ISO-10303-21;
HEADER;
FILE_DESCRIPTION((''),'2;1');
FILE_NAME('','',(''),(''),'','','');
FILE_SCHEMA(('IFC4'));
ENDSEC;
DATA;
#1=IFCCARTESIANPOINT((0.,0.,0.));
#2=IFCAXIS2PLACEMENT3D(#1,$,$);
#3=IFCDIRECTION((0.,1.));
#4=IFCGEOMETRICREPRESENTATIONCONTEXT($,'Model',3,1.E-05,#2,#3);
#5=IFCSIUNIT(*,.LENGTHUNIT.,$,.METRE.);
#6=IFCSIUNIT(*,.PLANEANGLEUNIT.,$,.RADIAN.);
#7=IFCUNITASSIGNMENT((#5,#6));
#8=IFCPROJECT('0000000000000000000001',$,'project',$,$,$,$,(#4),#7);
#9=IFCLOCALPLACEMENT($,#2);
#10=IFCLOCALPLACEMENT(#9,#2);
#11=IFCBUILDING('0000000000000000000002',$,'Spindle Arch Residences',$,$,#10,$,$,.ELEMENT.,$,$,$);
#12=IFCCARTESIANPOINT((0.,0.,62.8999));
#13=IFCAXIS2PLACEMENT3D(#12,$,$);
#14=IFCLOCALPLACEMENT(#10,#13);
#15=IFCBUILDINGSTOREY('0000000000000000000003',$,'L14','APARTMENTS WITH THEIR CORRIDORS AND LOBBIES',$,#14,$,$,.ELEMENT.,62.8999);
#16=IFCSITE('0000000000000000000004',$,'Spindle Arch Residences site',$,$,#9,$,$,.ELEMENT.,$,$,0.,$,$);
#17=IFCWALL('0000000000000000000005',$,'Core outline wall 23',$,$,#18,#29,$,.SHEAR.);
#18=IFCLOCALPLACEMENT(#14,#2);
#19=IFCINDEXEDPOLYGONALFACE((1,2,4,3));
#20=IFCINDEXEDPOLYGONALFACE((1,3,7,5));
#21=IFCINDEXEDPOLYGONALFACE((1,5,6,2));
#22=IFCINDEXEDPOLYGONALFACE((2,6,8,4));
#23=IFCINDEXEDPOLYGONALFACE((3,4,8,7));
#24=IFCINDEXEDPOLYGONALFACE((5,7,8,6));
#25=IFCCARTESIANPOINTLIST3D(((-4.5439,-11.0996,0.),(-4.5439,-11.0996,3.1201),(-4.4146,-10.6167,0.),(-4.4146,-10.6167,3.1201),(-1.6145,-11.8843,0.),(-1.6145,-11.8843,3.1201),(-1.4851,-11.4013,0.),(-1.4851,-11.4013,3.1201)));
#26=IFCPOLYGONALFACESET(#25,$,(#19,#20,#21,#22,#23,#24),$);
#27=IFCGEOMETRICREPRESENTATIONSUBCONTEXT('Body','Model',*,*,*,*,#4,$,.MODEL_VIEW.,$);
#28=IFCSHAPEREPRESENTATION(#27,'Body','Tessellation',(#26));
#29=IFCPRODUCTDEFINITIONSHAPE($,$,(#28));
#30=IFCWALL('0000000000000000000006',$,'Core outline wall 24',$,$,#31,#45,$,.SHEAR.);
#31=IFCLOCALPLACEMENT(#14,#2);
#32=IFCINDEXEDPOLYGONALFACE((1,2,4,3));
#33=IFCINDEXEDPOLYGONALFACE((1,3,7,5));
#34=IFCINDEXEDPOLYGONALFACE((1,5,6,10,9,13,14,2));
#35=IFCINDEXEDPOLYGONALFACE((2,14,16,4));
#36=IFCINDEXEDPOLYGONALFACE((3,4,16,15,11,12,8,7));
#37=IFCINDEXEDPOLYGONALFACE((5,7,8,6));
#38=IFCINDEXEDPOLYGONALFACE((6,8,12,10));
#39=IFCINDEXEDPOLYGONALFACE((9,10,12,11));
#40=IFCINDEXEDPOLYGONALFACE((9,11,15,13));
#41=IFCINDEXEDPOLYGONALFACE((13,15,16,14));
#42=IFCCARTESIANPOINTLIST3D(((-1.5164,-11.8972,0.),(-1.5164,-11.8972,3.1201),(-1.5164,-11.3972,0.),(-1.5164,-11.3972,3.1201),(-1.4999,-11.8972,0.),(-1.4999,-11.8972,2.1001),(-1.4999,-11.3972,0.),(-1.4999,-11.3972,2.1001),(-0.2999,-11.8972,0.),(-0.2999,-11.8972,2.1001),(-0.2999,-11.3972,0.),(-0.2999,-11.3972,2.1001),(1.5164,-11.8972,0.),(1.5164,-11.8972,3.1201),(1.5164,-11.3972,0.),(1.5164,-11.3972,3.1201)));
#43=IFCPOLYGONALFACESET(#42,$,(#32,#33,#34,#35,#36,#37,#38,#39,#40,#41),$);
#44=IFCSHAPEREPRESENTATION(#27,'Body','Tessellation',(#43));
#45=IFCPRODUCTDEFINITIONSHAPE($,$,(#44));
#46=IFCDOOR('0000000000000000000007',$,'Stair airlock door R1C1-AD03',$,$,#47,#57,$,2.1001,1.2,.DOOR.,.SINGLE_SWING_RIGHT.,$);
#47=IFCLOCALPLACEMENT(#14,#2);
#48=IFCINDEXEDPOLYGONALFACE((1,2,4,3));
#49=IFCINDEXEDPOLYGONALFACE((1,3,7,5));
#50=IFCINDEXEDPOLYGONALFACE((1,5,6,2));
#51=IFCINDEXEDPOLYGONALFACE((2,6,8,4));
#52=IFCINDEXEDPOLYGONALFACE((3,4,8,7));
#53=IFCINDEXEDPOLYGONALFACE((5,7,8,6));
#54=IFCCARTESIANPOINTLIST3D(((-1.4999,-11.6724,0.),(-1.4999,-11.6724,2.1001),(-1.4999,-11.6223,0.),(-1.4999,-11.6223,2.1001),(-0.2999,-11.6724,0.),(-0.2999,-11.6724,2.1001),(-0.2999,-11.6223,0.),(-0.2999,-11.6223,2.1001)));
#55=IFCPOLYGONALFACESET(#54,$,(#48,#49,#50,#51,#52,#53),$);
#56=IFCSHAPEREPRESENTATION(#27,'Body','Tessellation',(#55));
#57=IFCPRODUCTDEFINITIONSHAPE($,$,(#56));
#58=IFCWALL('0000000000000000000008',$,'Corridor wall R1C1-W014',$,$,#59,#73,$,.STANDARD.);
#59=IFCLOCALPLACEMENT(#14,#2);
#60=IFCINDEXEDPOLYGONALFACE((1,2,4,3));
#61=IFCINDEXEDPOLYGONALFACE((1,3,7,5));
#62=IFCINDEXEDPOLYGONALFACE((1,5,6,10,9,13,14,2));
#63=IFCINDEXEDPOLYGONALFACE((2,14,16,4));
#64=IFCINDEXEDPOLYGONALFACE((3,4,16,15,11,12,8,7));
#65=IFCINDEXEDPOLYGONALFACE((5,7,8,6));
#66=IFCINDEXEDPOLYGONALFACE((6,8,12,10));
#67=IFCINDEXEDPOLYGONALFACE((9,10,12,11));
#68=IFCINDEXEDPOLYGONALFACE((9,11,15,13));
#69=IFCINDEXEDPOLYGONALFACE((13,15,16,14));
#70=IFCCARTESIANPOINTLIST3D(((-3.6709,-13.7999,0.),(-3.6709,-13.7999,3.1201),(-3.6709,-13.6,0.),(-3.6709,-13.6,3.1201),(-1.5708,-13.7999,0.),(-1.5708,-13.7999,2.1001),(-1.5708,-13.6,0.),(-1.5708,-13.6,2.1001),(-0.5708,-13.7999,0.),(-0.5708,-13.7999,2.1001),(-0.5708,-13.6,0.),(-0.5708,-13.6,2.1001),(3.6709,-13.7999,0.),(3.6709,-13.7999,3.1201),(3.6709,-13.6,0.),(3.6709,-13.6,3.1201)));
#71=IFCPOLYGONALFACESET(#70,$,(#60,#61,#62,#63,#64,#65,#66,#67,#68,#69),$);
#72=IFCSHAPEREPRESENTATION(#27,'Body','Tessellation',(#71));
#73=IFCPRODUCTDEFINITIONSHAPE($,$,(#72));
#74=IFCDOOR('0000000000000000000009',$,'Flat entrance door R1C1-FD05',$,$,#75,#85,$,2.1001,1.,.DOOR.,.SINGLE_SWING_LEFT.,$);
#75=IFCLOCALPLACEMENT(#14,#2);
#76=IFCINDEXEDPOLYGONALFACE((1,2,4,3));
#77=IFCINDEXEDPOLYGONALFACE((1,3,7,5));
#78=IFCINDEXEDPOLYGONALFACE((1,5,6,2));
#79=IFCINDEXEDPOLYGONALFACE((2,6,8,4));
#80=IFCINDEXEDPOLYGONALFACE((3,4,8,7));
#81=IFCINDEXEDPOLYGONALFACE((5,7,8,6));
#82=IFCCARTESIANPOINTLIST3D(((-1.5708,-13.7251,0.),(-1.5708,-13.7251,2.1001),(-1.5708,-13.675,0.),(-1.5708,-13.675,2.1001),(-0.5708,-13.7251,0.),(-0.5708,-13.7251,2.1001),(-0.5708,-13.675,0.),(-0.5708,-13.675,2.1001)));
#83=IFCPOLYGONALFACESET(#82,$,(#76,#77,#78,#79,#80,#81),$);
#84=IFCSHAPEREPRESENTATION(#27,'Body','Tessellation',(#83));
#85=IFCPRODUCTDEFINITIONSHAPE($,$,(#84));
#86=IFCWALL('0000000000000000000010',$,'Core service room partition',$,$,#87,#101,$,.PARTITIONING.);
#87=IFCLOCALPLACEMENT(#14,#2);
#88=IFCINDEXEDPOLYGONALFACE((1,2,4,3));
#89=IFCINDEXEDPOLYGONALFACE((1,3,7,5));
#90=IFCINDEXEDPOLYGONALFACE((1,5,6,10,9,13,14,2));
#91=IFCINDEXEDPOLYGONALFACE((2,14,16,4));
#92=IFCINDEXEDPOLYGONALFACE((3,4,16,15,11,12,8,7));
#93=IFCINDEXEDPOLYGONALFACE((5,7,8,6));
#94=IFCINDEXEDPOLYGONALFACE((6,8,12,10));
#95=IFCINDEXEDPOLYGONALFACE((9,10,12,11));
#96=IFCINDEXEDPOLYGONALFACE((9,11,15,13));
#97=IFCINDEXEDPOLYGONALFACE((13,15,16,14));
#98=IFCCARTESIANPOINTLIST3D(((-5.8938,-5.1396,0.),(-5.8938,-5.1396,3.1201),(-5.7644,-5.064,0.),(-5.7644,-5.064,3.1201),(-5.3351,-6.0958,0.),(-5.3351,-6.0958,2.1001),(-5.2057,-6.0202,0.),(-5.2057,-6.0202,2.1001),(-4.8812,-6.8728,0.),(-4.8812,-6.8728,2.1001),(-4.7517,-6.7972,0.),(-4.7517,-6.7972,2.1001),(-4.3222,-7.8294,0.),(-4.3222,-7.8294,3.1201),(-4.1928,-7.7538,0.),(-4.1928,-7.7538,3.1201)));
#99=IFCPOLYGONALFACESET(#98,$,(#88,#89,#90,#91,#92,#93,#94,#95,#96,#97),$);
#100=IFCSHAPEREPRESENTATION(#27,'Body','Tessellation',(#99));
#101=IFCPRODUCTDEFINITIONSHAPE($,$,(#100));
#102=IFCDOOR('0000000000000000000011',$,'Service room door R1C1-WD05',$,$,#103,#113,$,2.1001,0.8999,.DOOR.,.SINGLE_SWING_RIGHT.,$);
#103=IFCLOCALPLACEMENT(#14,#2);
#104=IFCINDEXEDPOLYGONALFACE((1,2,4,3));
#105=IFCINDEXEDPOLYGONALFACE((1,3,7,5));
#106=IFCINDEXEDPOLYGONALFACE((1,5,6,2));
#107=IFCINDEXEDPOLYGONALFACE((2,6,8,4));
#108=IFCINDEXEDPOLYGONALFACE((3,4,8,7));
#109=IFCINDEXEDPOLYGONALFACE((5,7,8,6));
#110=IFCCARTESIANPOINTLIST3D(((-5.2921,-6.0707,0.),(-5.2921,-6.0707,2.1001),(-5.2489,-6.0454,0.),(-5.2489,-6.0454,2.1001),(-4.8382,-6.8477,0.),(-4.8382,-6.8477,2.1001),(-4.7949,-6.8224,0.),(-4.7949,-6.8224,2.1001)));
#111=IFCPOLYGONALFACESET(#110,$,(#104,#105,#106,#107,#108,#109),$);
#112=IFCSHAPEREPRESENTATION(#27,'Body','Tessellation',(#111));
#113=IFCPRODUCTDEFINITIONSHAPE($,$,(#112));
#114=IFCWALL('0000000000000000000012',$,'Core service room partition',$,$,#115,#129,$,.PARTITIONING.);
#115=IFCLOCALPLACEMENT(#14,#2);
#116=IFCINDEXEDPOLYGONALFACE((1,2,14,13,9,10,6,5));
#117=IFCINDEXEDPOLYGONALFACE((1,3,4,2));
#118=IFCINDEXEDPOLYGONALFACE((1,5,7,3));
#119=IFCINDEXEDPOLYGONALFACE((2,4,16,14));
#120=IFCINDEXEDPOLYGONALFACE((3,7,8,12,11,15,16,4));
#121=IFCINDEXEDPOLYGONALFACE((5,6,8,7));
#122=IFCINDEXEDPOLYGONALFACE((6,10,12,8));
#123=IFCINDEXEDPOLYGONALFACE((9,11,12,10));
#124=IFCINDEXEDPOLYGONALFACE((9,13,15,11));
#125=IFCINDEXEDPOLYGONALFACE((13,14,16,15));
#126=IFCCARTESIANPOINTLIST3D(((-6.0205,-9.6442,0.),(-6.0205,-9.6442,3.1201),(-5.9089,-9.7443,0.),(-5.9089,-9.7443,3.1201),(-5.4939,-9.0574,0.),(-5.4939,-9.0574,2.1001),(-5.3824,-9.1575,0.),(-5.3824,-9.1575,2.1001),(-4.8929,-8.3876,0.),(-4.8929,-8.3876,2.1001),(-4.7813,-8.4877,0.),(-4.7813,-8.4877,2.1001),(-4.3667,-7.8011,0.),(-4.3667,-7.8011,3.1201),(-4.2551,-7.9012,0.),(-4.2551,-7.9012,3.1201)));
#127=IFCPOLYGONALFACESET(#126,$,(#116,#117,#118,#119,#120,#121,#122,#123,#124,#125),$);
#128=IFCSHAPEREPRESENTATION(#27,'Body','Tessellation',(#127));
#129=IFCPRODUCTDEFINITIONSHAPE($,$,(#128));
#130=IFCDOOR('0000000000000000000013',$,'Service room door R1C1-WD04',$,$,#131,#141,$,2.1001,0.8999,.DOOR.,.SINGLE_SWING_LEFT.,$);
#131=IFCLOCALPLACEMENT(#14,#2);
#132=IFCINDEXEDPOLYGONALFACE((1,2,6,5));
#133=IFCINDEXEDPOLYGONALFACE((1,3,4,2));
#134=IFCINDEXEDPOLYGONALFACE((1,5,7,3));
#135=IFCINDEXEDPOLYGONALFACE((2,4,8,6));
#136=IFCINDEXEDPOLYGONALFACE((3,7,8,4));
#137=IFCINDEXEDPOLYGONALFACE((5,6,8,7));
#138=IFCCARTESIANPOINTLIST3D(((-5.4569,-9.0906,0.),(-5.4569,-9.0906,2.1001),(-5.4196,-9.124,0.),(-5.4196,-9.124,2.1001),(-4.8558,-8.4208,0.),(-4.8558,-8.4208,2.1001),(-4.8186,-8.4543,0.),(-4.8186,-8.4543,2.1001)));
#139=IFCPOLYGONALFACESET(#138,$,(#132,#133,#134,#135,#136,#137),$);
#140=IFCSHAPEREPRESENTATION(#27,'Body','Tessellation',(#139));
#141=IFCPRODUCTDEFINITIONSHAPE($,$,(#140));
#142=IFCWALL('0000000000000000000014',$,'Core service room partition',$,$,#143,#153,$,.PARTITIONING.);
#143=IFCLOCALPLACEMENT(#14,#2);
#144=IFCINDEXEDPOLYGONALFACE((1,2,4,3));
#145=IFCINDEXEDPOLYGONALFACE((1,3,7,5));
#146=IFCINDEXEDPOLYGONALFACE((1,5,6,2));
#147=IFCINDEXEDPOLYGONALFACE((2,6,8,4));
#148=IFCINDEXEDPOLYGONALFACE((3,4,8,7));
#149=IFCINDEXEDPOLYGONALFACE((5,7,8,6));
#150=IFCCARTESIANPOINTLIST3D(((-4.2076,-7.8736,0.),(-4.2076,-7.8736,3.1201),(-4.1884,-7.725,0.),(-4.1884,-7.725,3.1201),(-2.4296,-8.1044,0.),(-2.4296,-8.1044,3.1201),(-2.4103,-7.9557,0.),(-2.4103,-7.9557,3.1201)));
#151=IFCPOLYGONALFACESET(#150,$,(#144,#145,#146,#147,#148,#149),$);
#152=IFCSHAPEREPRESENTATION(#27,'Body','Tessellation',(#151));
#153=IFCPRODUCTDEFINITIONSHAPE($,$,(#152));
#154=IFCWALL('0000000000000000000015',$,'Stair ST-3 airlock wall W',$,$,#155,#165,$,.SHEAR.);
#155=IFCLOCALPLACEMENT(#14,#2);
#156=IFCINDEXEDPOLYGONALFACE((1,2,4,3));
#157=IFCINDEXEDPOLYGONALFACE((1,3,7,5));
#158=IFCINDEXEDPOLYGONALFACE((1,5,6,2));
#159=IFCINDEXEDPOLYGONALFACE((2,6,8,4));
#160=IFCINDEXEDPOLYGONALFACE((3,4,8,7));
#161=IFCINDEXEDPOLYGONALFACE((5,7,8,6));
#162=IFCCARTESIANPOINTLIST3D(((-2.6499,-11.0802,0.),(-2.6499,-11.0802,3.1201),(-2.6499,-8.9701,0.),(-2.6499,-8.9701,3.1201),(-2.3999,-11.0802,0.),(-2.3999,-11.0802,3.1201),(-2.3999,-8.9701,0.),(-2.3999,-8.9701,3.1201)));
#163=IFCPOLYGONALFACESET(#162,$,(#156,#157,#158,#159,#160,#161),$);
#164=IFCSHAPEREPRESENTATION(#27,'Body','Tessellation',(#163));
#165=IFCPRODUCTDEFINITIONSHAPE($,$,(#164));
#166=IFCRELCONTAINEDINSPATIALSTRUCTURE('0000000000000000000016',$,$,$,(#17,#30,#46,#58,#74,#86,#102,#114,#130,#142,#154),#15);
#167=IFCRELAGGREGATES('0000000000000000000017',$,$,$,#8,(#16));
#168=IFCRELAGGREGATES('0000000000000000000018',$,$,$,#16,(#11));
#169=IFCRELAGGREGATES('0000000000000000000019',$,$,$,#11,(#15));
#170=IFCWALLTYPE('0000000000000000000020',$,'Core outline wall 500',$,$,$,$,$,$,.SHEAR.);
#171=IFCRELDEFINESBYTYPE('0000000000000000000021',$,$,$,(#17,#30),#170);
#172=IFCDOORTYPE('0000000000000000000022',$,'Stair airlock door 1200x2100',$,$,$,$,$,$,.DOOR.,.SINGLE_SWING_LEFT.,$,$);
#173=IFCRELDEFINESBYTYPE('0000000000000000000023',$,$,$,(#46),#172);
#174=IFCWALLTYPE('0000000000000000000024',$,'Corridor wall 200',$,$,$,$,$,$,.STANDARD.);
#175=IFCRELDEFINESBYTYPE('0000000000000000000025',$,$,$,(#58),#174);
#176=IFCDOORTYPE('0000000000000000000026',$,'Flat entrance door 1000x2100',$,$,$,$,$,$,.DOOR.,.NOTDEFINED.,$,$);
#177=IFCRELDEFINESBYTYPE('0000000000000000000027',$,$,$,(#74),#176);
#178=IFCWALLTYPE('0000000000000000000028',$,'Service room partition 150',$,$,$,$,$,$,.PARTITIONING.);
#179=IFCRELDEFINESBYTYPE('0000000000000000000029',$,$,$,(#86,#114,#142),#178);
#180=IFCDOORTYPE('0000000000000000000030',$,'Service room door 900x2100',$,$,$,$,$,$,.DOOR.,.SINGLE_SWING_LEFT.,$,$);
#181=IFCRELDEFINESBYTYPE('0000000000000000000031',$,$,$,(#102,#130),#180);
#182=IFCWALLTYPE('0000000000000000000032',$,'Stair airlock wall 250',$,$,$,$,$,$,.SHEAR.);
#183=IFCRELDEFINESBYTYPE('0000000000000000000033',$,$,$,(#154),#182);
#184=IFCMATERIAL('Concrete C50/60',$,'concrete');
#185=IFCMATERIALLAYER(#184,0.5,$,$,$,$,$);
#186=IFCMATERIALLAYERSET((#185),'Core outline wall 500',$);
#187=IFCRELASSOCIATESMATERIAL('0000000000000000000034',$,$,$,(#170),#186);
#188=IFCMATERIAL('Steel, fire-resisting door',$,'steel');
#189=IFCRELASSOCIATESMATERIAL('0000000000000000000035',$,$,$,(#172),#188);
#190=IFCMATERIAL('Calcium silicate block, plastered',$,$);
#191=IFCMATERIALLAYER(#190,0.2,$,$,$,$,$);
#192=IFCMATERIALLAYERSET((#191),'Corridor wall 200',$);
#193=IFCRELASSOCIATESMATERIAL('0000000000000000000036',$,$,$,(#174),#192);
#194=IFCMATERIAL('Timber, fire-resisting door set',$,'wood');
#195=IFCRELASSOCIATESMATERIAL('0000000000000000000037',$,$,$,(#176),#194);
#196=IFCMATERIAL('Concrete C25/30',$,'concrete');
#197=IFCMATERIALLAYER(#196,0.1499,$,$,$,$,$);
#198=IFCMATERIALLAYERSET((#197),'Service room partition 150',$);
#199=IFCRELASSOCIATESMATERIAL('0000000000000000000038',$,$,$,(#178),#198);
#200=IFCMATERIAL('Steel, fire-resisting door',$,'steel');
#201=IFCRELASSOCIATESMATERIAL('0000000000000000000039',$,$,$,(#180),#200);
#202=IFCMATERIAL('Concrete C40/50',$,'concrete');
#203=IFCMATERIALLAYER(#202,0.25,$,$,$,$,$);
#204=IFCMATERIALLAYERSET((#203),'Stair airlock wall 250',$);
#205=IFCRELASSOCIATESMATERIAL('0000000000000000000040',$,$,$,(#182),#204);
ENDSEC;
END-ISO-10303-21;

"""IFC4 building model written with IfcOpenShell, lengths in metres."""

from ifc_helpers import new_model, si_unit, direction, frame, frame_2d, origin, place, context, subcontext, project, spatial, rectangle, extrude, material, layer, layer_set, type_object, element, fill, save


model = new_model("IFC4")

# Units and contexts
model_context = context("Model", 3, precision=1e-05, world=origin(), true_north=direction((0.0, 1.0)))
body_context = subcontext(model_context, "Body", "Model", "MODEL_VIEW")
ifc_project = project(units=[si_unit("LENGTHUNIT", "METRE"), si_unit("PLANEANGLEUNIT", "RADIAN")], contexts=[model_context])

# Site, building, storey
site_placement = place(None, origin())
site = spatial("IfcSite", under=ifc_project, at=site_placement, Name="Spindle Arch Residences site", CompositionType="ELEMENT", RefElevation=0.0)
building_placement = place(site_placement, origin())
building = spatial("IfcBuilding", under=site, at=building_placement, Name="Spindle Arch Residences", CompositionType="ELEMENT")
storey_placement = place(building_placement, frame((0.0, 0.0, 62.8999)))
storey = spatial("IfcBuildingStorey", under=building, at=storey_placement, Name="L14", Description="APARTMENTS WITH THEIR CORRIDORS AND LOBBIES", CompositionType="ELEMENT", Elevation=62.8999)

# Wall
ifc_material_1 = material(Name="Concrete C50/60", Category="concrete")
ifc_layer_1 = layer(ifc_material_1, 0.5)
ifc_layer_set_1 = layer_set([ifc_layer_1], Name="Core outline wall 500")
wall_type_1 = type_object("IfcWallType", Name="Core outline wall 500", PredefinedType="SHEAR", material=ifc_layer_set_1)
wall_1_placement = place(storey_placement, frame((-4.4792, -10.8582, 0.0), z_axis=(0.0, 0.0, 1.0), x_axis=(0.965948, -0.258735, 0.0)))
element("IfcWall", 1, at=wall_1_placement, inside=storey, type_object=wall_type_1, Name="Core outline wall 23", PredefinedType="SHEAR", context=body_context, shape_type="SweptSolid", body=[
    extrude(rectangle(XDim=3.0327, YDim=0.5, at=frame_2d((1.5164, 0.0))), origin(), (0.0, 0.0, 1.0), 3.1201),
])

# Walls, openings, doors
wall_2_placement = place(storey_placement, frame((-1.5164, -11.6472, 0.0), z_axis=(0.0, 0.0, 1.0), x_axis=(1.0, 0.0, 0.0)))
wall_2 = element("IfcWall", 2, at=wall_2_placement, inside=storey, type_object=wall_type_1, Name="Core outline wall 24", PredefinedType="SHEAR", context=body_context, shape_type="SweptSolid", body=[
    extrude(rectangle(XDim=3.0327, YDim=0.5, at=frame_2d((1.5164, 0.0))), origin(), (0.0, 0.0, 1.0), 3.1201),
])
opening_1_placement = place(wall_2_placement, frame((0.0164, 0.0, 0.0)))
opening_1 = element("IfcOpeningElement", 3, at=opening_1_placement, cuts=wall_2, PredefinedType="OPENING", context=body_context, shape_type="SweptSolid", body=[
    extrude(rectangle(XDim=1.2, YDim=2.1001, at=frame_2d((0.6001, 1.05))), frame((0.0, 0.26, 0.0), z_axis=(0.0, -1.0, 0.0), x_axis=(1.0, 0.0, 0.0)), (0.0, 0.0, 1.0), 0.52),
])
ifc_material_2 = material(Name="Steel, fire-resisting door", Category="steel")
door_type_1 = type_object("IfcDoorType", Name="Stair airlock door 1200x2100", OperationType="SINGLE_SWING_LEFT", PredefinedType="DOOR", material=ifc_material_2)
door_1_placement = place(opening_1_placement, origin())
door_1 = element("IfcDoor", 4, at=door_1_placement, inside=storey, type_object=door_type_1, Name="Stair airlock door R1C1-AD03", OperationType="SINGLE_SWING_RIGHT", OverallHeight=2.1001, OverallWidth=1.2, PredefinedType="DOOR", context=body_context, shape_type="SweptSolid", body=[
    extrude(rectangle(XDim=1.2, YDim=2.1001, at=frame_2d((0.6001, 1.05))), frame((0.0, 0.0249, 0.0), z_axis=(0.0, -1.0, 0.0), x_axis=(1.0, 0.0, 0.0)), (0.0, 0.0, 1.0), 0.05),
])
fill(opening_1, door_1)
ifc_material_3 = material(Name="Calcium silicate block, plastered")
ifc_layer_2 = layer(ifc_material_3, 0.2)
ifc_layer_set_2 = layer_set([ifc_layer_2], Name="Corridor wall 200")
wall_type_2 = type_object("IfcWallType", Name="Corridor wall 200", PredefinedType="STANDARD", material=ifc_layer_set_2)
wall_3_placement = place(storey_placement, frame((-3.6709, -13.7, 0.0), z_axis=(0.0, 0.0, 1.0), x_axis=(1.0, 0.0, 0.0)))
wall_3 = element("IfcWall", 5, at=wall_3_placement, inside=storey, type_object=wall_type_2, Name="Corridor wall R1C1-W014", PredefinedType="STANDARD", context=body_context, shape_type="SweptSolid", body=[
    extrude(rectangle(XDim=7.3418, YDim=0.2, at=frame_2d((3.6709, 0.0))), origin(), (0.0, 0.0, 1.0), 3.1201),
])
opening_2_placement = place(wall_3_placement, frame((2.1001, 0.0, 0.0)))
opening_2 = element("IfcOpeningElement", 6, at=opening_2_placement, cuts=wall_3, PredefinedType="OPENING", context=body_context, shape_type="SweptSolid", body=[
    extrude(rectangle(XDim=1.0, YDim=2.1001, at=frame_2d((0.5, 1.05))), frame((0.0, 0.1099, 0.0), z_axis=(0.0, -1.0, 0.0), x_axis=(1.0, 0.0, 0.0)), (0.0, 0.0, 1.0), 0.22),
])
ifc_material_4 = material(Name="Timber, fire-resisting door set", Category="wood")
door_type_2 = type_object("IfcDoorType", Name="Flat entrance door 1000x2100", OperationType="NOTDEFINED", PredefinedType="DOOR", material=ifc_material_4)
door_2_placement = place(opening_2_placement, origin())
door_2 = element("IfcDoor", 7, at=door_2_placement, inside=storey, type_object=door_type_2, Name="Flat entrance door R1C1-FD05", OperationType="SINGLE_SWING_LEFT", OverallHeight=2.1001, OverallWidth=1.0, PredefinedType="DOOR", context=body_context, shape_type="SweptSolid", body=[
    extrude(rectangle(XDim=1.0, YDim=2.1001, at=frame_2d((0.5, 1.05))), frame((0.0, 0.0249, 0.0), z_axis=(0.0, -1.0, 0.0), x_axis=(1.0, 0.0, 0.0)), (0.0, 0.0, 1.0), 0.05),
])
fill(opening_2, door_2)
ifc_material_5 = material(Name="Concrete C25/30", Category="concrete")
ifc_layer_3 = layer(ifc_material_5, 0.1499)
ifc_layer_set_3 = layer_set([ifc_layer_3], Name="Service room partition 150")
wall_type_3 = type_object("IfcWallType", Name="Service room partition 150", PredefinedType="PARTITIONING", material=ifc_layer_set_3)
wall_4_placement = place(storey_placement, frame((-5.8291, -5.1018, 0.0), z_axis=(0.0, 0.0, 1.0), x_axis=(0.50448, -0.863423, 0.0)))
wall_4 = element("IfcWall", 8, at=wall_4_placement, inside=storey, type_object=wall_type_3, Name="Core service room partition", PredefinedType="PARTITIONING", context=body_context, shape_type="SweptSolid", body=[
    extrude(rectangle(XDim=3.1152, YDim=0.1499, at=frame_2d((1.5576, 0.0))), origin(), (0.0, 0.0, 1.0), 3.1201),
])
opening_3_placement = place(wall_4_placement, frame((1.1074, 0.0, 0.0)))
opening_3 = element("IfcOpeningElement", 9, at=opening_3_placement, cuts=wall_4, PredefinedType="OPENING", context=body_context, shape_type="SweptSolid", body=[
    extrude(rectangle(XDim=0.8999, YDim=2.1001, at=frame_2d((0.45, 1.05))), frame((0.0, 0.085, 0.0), z_axis=(0.0, -1.0, 0.0), x_axis=(1.0, 0.0, 0.0)), (0.0, 0.0, 1.0), 0.1699),
])
ifc_material_6 = material(Name="Steel, fire-resisting door", Category="steel")
door_type_3 = type_object("IfcDoorType", Name="Service room door 900x2100", OperationType="SINGLE_SWING_LEFT", PredefinedType="DOOR", material=ifc_material_6)
door_3_placement = place(opening_3_placement, origin())
door_3 = element("IfcDoor", 10, at=door_3_placement, inside=storey, type_object=door_type_3, Name="Service room door R1C1-WD05", OperationType="SINGLE_SWING_RIGHT", OverallHeight=2.1001, OverallWidth=0.8999, PredefinedType="DOOR", context=body_context, shape_type="SweptSolid", body=[
    extrude(rectangle(XDim=0.8999, YDim=2.1001, at=frame_2d((0.45, 1.05))), frame((0.0, 0.0249, 0.0), z_axis=(0.0, -1.0, 0.0), x_axis=(1.0, 0.0, 0.0)), (0.0, 0.0, 1.0), 0.05),
])
fill(opening_3, door_3)
wall_5_placement = place(storey_placement, frame((-4.3108, -7.8511, 0.0), z_axis=(0.0, 0.0, 1.0), x_axis=(-0.667869, -0.744279, 0.0)))
wall_5 = element("IfcWall", 11, at=wall_5_placement, inside=storey, type_object=wall_type_3, Name="Core service room partition", PredefinedType="PARTITIONING", context=body_context, shape_type="SweptSolid", body=[
    extrude(rectangle(XDim=2.4763, YDim=0.1499, at=frame_2d((1.2383, 0.0))), origin(), (0.0, 0.0, 1.0), 3.1201),
])
opening_4_placement = place(wall_5_placement, frame((0.7881, 0.0, 0.0)))
opening_4 = element("IfcOpeningElement", 12, at=opening_4_placement, cuts=wall_5, PredefinedType="OPENING", context=body_context, shape_type="SweptSolid", body=[
    extrude(rectangle(XDim=0.8999, YDim=2.1001, at=frame_2d((0.45, 1.05))), frame((0.0, 0.085, 0.0), z_axis=(0.0, -1.0, 0.0), x_axis=(1.0, 0.0, 0.0)), (0.0, 0.0, 1.0), 0.1699),
])
door_4_placement = place(opening_4_placement, origin())
door_4 = element("IfcDoor", 13, at=door_4_placement, inside=storey, type_object=door_type_3, Name="Service room door R1C1-WD04", OperationType="SINGLE_SWING_LEFT", OverallHeight=2.1001, OverallWidth=0.8999, PredefinedType="DOOR", context=body_context, shape_type="SweptSolid", body=[
    extrude(rectangle(XDim=0.8999, YDim=2.1001, at=frame_2d((0.45, 1.05))), frame((0.0, 0.0249, 0.0), z_axis=(0.0, -1.0, 0.0), x_axis=(1.0, 0.0, 0.0)), (0.0, 0.0, 1.0), 0.05),
])
fill(opening_4, door_4)

# Walls
wall_6_placement = place(storey_placement, frame((-4.198, -7.7993, 0.0), z_axis=(0.0, 0.0, 1.0), x_axis=(0.991687, -0.128676, 0.0)))
element("IfcWall", 14, at=wall_6_placement, inside=storey, type_object=wall_type_3, Name="Core service room partition", PredefinedType="PARTITIONING", context=body_context, shape_type="SweptSolid", body=[
    extrude(rectangle(XDim=1.793, YDim=0.1499, at=frame_2d((0.8965, 0.0))), origin(), (0.0, 0.0, 1.0), 3.1201),
])
ifc_material_7 = material(Name="Concrete C40/50", Category="concrete")
ifc_layer_4 = layer(ifc_material_7, 0.25)
ifc_layer_set_4 = layer_set([ifc_layer_4], Name="Stair airlock wall 250")
wall_type_4 = type_object("IfcWallType", Name="Stair airlock wall 250", PredefinedType="SHEAR", material=ifc_layer_set_4)
wall_7_placement = place(storey_placement, frame((-2.5249, -8.97, 0.0), z_axis=(0.0, 0.0, 1.0), x_axis=(0.0, -1.0, 0.0)))
element("IfcWall", 15, at=wall_7_placement, inside=storey, type_object=wall_type_4, Name="Stair ST-3 airlock wall W", PredefinedType="SHEAR", context=body_context, shape_type="SweptSolid", body=[
    extrude(rectangle(XDim=2.1101, YDim=0.25, at=frame_2d((1.0552, 0.0))), origin(), (0.0, 0.0, 1.0), 3.1201),
])

save(model, "model.ifc")
